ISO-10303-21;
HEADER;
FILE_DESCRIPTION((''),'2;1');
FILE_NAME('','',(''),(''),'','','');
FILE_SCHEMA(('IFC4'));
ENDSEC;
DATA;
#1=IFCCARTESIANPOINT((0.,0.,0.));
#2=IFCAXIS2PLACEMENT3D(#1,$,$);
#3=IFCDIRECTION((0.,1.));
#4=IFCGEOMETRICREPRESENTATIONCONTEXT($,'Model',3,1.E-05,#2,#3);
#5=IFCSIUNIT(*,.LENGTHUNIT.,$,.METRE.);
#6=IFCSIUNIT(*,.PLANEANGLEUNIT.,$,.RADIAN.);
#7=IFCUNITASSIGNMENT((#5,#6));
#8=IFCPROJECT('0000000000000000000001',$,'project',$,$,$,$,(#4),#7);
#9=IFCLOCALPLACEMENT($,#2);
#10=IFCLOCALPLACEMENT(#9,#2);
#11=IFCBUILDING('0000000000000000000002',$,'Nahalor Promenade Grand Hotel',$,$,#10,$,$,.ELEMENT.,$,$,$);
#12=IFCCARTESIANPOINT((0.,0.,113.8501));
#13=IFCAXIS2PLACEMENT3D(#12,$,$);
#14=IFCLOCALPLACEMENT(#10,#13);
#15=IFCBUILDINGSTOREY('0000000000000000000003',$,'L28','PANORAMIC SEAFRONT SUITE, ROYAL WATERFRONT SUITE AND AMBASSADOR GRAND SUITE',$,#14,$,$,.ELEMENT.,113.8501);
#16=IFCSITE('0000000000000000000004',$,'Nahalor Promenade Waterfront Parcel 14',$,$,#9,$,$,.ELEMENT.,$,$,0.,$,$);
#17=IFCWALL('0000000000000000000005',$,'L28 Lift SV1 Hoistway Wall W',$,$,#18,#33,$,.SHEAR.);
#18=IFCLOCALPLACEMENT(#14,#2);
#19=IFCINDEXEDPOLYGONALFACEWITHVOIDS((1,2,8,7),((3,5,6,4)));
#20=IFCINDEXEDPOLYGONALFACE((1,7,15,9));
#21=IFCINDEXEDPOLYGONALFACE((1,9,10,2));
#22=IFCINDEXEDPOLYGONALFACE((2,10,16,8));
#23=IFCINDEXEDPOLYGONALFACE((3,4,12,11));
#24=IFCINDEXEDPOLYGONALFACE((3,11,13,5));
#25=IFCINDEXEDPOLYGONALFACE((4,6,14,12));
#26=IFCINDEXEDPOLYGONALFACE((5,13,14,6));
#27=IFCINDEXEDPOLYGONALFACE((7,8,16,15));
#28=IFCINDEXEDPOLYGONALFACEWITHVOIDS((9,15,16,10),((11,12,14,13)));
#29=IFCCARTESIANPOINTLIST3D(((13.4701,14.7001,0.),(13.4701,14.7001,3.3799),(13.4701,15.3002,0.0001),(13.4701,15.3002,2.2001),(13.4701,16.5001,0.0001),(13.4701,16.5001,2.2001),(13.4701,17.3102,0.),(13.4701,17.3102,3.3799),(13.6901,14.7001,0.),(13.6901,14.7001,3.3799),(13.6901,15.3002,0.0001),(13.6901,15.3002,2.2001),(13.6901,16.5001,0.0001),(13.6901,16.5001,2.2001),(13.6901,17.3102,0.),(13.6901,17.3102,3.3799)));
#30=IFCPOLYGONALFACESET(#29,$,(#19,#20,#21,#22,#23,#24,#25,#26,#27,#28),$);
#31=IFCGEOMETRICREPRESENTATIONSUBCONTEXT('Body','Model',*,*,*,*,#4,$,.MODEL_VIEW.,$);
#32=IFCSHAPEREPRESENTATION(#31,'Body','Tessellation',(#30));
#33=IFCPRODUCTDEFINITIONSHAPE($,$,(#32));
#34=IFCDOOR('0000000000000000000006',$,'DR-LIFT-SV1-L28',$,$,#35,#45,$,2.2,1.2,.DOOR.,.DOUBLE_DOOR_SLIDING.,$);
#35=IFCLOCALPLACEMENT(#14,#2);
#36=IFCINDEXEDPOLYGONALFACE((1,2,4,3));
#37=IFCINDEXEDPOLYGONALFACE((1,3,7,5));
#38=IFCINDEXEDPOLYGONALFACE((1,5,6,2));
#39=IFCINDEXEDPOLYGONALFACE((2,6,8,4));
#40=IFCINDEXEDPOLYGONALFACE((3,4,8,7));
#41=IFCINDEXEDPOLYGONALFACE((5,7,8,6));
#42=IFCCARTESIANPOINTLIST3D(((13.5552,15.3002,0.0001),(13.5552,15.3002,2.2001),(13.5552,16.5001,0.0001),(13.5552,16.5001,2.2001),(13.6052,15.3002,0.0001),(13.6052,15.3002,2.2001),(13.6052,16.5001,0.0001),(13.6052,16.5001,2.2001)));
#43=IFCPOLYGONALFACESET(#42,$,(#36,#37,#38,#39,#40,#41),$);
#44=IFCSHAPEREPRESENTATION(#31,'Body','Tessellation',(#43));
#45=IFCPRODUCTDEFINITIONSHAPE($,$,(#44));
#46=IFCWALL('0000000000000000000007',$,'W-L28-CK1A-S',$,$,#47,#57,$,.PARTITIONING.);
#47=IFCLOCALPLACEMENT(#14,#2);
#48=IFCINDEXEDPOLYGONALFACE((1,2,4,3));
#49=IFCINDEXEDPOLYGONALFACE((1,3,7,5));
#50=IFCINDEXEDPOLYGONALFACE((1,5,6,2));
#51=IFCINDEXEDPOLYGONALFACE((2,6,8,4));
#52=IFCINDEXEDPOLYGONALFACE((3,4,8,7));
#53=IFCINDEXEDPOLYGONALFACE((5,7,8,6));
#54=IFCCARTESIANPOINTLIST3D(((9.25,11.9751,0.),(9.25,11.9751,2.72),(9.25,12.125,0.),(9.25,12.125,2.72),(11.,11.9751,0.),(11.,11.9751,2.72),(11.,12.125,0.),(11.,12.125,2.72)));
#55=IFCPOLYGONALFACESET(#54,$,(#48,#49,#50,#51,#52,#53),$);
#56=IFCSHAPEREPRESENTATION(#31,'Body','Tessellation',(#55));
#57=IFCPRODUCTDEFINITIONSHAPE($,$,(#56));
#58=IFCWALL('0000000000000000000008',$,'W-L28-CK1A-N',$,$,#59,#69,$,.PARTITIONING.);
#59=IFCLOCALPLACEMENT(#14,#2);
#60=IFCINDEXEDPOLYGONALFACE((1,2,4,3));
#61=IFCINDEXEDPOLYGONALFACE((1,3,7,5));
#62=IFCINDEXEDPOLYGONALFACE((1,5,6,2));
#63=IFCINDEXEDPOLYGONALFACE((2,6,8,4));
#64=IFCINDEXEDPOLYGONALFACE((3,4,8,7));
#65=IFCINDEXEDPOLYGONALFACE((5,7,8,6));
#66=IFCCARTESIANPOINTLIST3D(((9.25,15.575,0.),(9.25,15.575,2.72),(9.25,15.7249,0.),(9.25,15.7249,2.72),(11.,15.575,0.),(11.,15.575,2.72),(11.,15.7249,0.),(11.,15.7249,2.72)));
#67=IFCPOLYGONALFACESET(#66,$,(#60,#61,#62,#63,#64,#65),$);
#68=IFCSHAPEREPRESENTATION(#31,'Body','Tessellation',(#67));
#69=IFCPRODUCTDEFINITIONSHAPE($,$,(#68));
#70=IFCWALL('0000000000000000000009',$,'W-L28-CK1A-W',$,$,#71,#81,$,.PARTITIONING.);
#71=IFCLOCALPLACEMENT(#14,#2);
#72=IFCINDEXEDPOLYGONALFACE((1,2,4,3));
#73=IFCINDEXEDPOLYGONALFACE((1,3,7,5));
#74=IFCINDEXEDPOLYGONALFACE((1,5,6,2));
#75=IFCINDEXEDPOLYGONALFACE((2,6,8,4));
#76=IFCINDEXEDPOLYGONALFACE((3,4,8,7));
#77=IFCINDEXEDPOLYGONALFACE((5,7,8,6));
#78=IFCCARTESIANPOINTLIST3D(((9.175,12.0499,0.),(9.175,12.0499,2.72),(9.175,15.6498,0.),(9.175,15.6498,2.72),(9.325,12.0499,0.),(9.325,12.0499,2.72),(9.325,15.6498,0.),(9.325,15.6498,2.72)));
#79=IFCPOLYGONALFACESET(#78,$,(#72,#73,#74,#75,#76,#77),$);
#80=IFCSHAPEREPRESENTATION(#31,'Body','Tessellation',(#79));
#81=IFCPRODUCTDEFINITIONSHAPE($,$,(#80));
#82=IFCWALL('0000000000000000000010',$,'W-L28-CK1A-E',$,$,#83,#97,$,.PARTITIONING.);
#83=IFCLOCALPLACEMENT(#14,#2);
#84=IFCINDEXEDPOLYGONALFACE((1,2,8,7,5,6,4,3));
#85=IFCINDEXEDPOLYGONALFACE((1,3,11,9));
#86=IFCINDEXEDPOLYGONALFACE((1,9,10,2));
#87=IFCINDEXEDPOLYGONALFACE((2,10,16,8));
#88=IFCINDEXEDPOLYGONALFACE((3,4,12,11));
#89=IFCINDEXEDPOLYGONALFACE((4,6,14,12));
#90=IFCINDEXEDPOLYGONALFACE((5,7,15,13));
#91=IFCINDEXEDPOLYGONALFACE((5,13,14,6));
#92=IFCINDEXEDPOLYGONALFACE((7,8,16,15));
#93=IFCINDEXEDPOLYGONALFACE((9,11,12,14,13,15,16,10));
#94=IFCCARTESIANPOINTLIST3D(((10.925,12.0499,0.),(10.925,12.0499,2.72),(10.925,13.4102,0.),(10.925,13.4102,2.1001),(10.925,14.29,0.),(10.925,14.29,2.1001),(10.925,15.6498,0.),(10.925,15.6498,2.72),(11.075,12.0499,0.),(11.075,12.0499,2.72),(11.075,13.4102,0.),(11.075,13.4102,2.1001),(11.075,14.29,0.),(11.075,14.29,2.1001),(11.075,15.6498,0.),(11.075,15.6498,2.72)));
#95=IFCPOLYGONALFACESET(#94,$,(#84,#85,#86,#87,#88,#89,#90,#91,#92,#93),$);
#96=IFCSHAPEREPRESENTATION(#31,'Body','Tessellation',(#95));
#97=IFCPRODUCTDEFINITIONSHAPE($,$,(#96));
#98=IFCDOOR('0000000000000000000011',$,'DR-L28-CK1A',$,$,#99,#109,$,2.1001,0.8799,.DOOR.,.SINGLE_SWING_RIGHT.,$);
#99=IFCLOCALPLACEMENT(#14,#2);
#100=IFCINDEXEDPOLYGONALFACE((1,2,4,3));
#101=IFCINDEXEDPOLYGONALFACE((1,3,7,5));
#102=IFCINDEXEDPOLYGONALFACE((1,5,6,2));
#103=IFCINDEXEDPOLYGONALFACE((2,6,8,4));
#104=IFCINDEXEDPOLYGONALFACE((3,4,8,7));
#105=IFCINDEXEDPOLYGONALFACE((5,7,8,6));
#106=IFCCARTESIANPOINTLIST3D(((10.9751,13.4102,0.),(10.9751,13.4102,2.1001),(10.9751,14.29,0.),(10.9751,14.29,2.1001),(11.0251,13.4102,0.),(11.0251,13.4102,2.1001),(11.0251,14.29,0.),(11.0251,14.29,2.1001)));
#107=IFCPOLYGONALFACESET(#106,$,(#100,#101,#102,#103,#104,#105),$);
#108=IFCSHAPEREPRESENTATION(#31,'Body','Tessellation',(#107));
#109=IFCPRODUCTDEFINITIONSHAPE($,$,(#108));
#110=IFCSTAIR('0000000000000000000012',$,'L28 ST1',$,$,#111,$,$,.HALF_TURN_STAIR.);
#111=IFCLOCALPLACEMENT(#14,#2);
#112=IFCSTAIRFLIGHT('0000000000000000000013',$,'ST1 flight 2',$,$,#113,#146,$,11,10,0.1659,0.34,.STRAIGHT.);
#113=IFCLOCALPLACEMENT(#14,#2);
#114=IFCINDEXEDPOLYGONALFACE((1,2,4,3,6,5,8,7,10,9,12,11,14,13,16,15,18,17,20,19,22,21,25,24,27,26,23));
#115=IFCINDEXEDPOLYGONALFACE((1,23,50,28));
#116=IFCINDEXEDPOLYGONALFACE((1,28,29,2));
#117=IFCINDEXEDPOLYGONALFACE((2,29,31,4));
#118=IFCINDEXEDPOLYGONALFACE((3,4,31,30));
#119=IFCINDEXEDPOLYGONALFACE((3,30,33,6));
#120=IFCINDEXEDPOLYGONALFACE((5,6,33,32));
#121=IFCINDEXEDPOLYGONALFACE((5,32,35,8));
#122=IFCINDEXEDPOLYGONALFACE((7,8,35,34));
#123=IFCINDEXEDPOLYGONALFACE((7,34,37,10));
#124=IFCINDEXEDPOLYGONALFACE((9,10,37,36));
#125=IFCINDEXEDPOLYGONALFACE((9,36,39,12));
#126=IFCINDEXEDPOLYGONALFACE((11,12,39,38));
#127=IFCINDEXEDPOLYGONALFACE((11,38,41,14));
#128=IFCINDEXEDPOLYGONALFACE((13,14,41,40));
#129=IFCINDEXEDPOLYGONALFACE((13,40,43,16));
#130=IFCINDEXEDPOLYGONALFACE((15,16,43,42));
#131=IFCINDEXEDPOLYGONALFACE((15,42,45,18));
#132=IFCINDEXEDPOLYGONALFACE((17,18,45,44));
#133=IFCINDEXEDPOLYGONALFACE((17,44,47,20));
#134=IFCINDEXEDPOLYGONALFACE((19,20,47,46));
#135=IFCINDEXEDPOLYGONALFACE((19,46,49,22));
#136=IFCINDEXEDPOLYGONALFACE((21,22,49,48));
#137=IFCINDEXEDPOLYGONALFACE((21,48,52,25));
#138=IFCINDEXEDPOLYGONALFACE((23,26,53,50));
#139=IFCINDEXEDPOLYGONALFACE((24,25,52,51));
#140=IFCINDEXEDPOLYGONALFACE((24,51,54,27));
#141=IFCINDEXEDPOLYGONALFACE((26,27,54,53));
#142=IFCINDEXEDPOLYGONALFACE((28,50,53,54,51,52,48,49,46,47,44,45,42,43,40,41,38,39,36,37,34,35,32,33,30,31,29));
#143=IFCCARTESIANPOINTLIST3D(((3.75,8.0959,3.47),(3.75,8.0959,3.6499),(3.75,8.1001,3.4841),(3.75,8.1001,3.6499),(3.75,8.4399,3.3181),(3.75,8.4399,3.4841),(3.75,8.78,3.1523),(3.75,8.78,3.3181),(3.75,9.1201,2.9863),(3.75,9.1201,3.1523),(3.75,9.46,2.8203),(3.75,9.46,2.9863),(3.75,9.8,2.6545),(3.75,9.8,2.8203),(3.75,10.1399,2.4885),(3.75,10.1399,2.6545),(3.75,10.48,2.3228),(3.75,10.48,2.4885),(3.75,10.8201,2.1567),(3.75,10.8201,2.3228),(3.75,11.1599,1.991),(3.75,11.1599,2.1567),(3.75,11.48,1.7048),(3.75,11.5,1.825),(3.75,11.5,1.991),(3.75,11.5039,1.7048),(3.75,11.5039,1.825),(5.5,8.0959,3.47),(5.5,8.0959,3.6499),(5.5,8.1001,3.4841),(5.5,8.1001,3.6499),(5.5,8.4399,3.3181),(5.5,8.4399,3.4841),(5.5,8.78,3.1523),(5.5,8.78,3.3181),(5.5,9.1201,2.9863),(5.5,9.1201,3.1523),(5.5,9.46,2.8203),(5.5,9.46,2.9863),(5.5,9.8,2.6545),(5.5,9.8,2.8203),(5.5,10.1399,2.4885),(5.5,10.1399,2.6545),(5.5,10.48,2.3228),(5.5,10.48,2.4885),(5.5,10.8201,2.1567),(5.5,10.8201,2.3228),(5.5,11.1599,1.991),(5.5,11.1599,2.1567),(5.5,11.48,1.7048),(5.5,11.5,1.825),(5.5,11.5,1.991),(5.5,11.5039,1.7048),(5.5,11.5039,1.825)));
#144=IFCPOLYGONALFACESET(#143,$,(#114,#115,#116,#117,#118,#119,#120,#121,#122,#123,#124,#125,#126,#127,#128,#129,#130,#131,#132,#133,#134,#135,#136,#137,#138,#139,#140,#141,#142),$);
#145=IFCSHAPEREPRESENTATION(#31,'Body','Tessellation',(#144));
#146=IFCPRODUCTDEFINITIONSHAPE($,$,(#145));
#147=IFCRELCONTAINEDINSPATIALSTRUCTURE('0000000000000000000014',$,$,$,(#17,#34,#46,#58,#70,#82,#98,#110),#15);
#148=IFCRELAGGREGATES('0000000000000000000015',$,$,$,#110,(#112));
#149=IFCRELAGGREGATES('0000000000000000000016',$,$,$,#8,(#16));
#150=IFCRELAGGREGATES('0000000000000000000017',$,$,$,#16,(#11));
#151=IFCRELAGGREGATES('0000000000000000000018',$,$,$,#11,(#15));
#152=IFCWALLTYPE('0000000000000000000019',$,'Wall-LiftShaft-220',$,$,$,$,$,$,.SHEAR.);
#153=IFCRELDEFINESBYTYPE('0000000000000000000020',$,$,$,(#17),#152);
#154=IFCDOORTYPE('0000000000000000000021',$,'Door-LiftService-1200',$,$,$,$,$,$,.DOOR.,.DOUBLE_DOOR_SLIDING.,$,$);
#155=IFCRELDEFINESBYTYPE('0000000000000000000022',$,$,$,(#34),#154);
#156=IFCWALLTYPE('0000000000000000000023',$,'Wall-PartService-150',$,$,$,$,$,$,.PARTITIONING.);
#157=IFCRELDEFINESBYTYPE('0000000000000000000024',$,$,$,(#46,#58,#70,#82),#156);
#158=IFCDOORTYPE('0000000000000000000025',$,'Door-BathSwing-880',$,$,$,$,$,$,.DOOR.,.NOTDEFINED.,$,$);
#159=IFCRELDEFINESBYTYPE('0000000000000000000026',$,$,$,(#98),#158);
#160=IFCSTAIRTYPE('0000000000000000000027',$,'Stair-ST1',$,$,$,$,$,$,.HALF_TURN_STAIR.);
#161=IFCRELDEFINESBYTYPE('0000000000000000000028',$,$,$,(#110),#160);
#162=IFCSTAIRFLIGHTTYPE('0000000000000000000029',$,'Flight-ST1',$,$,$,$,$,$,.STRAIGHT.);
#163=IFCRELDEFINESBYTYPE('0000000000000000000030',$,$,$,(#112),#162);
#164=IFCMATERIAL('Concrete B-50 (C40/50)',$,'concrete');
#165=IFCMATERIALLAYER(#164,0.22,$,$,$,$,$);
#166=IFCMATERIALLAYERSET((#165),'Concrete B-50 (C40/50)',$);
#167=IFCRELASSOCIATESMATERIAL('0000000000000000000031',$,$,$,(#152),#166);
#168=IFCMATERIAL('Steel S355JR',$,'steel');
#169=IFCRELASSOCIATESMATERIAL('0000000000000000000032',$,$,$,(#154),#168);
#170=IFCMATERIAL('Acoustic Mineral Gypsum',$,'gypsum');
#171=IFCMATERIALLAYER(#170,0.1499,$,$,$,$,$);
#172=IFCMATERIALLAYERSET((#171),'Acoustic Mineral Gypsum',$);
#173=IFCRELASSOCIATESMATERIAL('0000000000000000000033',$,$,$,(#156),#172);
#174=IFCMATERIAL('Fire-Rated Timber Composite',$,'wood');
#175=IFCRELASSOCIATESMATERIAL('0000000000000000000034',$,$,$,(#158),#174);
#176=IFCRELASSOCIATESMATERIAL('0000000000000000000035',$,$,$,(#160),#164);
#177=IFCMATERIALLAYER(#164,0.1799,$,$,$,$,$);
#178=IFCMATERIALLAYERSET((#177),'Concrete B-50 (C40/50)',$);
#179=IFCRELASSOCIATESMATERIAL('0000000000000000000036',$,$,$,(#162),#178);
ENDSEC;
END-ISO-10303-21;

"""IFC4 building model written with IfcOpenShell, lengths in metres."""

from ifc_helpers import new_model, si_unit, direction, frame, frame_2d, origin, place, context, subcontext, project, spatial, polyline, rectangle, outline, extrude, source, transform, mapped, material, layer, layer_set, type_object, element, fill, aggregate, save


model = new_model("IFC4")

# Units and contexts
model_context = context("Model", 3, precision=1e-05, world=origin(), true_north=direction((0.0, 1.0)))
body_context = subcontext(model_context, "Body", "Model", "MODEL_VIEW")
ifc_project = project(units=[si_unit("LENGTHUNIT", "METRE"), si_unit("PLANEANGLEUNIT", "RADIAN")], contexts=[model_context])

# Site, building, storey
site_placement = place(None, origin())
site = spatial("IfcSite", under=ifc_project, at=site_placement, Name="Nahalor Promenade Waterfront Parcel 14", CompositionType="ELEMENT", RefElevation=0.0)
building_placement = place(site_placement, origin())
building = spatial("IfcBuilding", under=site, at=building_placement, Name="Nahalor Promenade Grand Hotel", CompositionType="ELEMENT")
storey_placement = place(building_placement, frame((0.0, 0.0, 113.8501)))
storey = spatial("IfcBuildingStorey", under=building, at=storey_placement, Name="L28", Description="PANORAMIC SEAFRONT SUITE, ROYAL WATERFRONT SUITE AND AMBASSADOR GRAND SUITE", CompositionType="ELEMENT", Elevation=113.8501)

# Shared definitions
ifc_material_1 = material(Name="Steel S355JR", Category="steel")

# Shared definitions
ifc_material_2 = material(Name="Concrete B-50 (C40/50)", Category="concrete")
ifc_layer_1 = layer(ifc_material_2, 0.22)
ifc_layer_set_1 = layer_set([ifc_layer_1], Name="Concrete B-50 (C40/50)")
wall_type_1 = type_object("IfcWallType", Name="Wall-LiftShaft-220", PredefinedType="SHEAR", material=ifc_layer_set_1)

# Wall, opening, door
shared_shape_1 = source(origin(), body_context, "Body", "SweptSolid", [
    extrude(rectangle(XDim=2.6101, YDim=0.22, at=frame_2d((1.3052, 0.0))), origin(), (0.0, 0.0, 1.0), 3.3799),
])
wall_1_placement = place(storey_placement, frame((13.5801, 14.7, 0.0), z_axis=(0.0, 0.0, 1.0), x_axis=(0.0, 1.0, 0.0)))
wall_1 = element("IfcWall", 1, at=wall_1_placement, inside=storey, type_object=wall_type_1, Name="L28 Lift SV1 Hoistway Wall W", PredefinedType="SHEAR", context=body_context, shape_type="MappedRepresentation", body=[
    mapped(shared_shape_1, transform((0.0, 0.0, 0.0), scale=1.0)),
])
opening_1_placement = place(wall_1_placement, frame((0.6001, 0.0, 0.0)))
opening_1 = element("IfcOpeningElement", 2, at=opening_1_placement, cuts=wall_1, PredefinedType="OPENING", context=body_context, shape_type="SweptSolid", body=[
    extrude(rectangle(XDim=1.2, YDim=2.2, at=frame_2d((0.6001, 1.1001))), frame((0.0, 0.1199, 0.0), z_axis=(0.0, -1.0, 0.0), x_axis=(1.0, 0.0, 0.0)), (0.0, 0.0, 1.0), 0.24),
])
door_type_1 = type_object("IfcDoorType", Name="Door-LiftService-1200", OperationType="DOUBLE_DOOR_SLIDING", PredefinedType="DOOR", material=ifc_material_1)
shared_shape_2 = source(origin(), body_context, "Body", "SweptSolid", [
    extrude(rectangle(XDim=1.2, YDim=2.2, at=frame_2d((0.6001, 1.1001))), frame((0.0, 0.0249, 0.0), z_axis=(0.0, -1.0, 0.0), x_axis=(1.0, 0.0, 0.0)), (0.0, 0.0, 1.0), 0.05),
])
door_1_placement = place(opening_1_placement, origin())
door_1 = element("IfcDoor", 3, at=door_1_placement, inside=storey, type_object=door_type_1, Name="DR-LIFT-SV1-L28", OperationType="DOUBLE_DOOR_SLIDING", OverallHeight=2.2, OverallWidth=1.2, PredefinedType="DOOR", context=body_context, shape_type="MappedRepresentation", body=[
    mapped(shared_shape_2, transform((0.0, 0.0, 0.0), scale=1.0)),
])
fill(opening_1, door_1)

# Walls
ifc_material_3 = material(Name="Acoustic Mineral Gypsum", Category="gypsum")
ifc_layer_2 = layer(ifc_material_3, 0.1499)
ifc_layer_set_2 = layer_set([ifc_layer_2], Name="Acoustic Mineral Gypsum")
wall_type_2 = type_object("IfcWallType", Name="Wall-PartService-150", PredefinedType="PARTITIONING", material=ifc_layer_set_2)
shared_shape_3 = source(origin(), body_context, "Body", "SweptSolid", [
    extrude(rectangle(XDim=1.75, YDim=0.1499, at=frame_2d((0.875, 0.0))), origin(), (0.0, 0.0, 1.0), 2.72),
])
for number, where, z_axis, x_axis, name in (
    (4, (9.25, 12.05, 0.0), (0.0, 0.0, 1.0), (1.0, 0.0, 0.0), "W-L28-CK1A-S"),
    (5, (9.25, 15.6499, 0.0), (0.0, 0.0, 1.0), (1.0, 0.0, 0.0), "W-L28-CK1A-N"),
):
    element("IfcWall", number, at=place(storey_placement, frame(where, z_axis=z_axis, x_axis=x_axis)), inside=storey, type_object=wall_type_2, Name=name, PredefinedType="PARTITIONING", context=body_context, shape_type="MappedRepresentation", body=[
        mapped(shared_shape_3, transform((0.0, 0.0, 0.0), scale=1.0)),
    ])
shared_shape_4 = source(origin(), body_context, "Body", "SweptSolid", [
    extrude(rectangle(XDim=3.5999, YDim=0.1499, at=frame_2d((1.7998, 0.0))), origin(), (0.0, 0.0, 1.0), 2.72),
])
wall_2_placement = place(storey_placement, frame((9.25, 12.05, 0.0), z_axis=(0.0, 0.0, 1.0), x_axis=(0.0, 1.0, 0.0)))
element("IfcWall", 6, at=wall_2_placement, inside=storey, type_object=wall_type_2, Name="W-L28-CK1A-W", PredefinedType="PARTITIONING", context=body_context, shape_type="MappedRepresentation", body=[
    mapped(shared_shape_4, transform((0.0, 0.0, 0.0), scale=1.0)),
])

# Wall, opening, door
wall_3_placement = place(storey_placement, frame((11.0, 12.05, 0.0), z_axis=(0.0, 0.0, 1.0), x_axis=(0.0, 1.0, 0.0)))
wall_3 = element("IfcWall", 7, at=wall_3_placement, inside=storey, type_object=wall_type_2, Name="W-L28-CK1A-E", PredefinedType="PARTITIONING", context=body_context, shape_type="MappedRepresentation", body=[
    mapped(shared_shape_4, transform((0.0, 0.0, 0.0), scale=1.0)),
])
opening_2_placement = place(wall_3_placement, frame((1.3601, 0.0, 0.0)))
opening_2 = element("IfcOpeningElement", 8, at=opening_2_placement, cuts=wall_3, PredefinedType="OPENING", context=body_context, shape_type="SweptSolid", body=[
    extrude(rectangle(XDim=0.8799, YDim=2.1001, at=frame_2d((0.4399, 1.05))), frame((0.0, 0.085, 0.0), z_axis=(0.0, -1.0, 0.0), x_axis=(1.0, 0.0, 0.0)), (0.0, 0.0, 1.0), 0.1699),
])
ifc_material_4 = material(Name="Fire-Rated Timber Composite", Category="wood")
door_type_2 = type_object("IfcDoorType", Name="Door-BathSwing-880", OperationType="NOTDEFINED", PredefinedType="DOOR", material=ifc_material_4)
shared_shape_5 = source(origin(), body_context, "Body", "SweptSolid", [
    extrude(rectangle(XDim=0.8799, YDim=2.1001, at=frame_2d((0.4399, 1.05))), frame((0.0, 0.0249, 0.0), z_axis=(0.0, -1.0, 0.0), x_axis=(1.0, 0.0, 0.0)), (0.0, 0.0, 1.0), 0.05),
])
door_2_placement = place(opening_2_placement, origin())
door_2 = element("IfcDoor", 9, at=door_2_placement, inside=storey, type_object=door_type_2, Name="DR-L28-CK1A", OperationType="SINGLE_SWING_RIGHT", OverallHeight=2.1001, OverallWidth=0.8799, PredefinedType="DOOR", context=body_context, shape_type="MappedRepresentation", body=[
    mapped(shared_shape_5, transform((0.0, 0.0, 0.0), scale=1.0)),
])
fill(opening_2, door_2)

# Stair, stair flight
stair_type = type_object("IfcStairType", Name="Stair-ST1", PredefinedType="HALF_TURN_STAIR", material=ifc_material_2)
stair_placement = place(storey_placement, origin())
stair = element("IfcStair", 10, at=stair_placement, inside=storey, type_object=stair_type, Name="L28 ST1", PredefinedType="HALF_TURN_STAIR")
ifc_layer_3 = layer(ifc_material_2, 0.1799)
ifc_layer_set_3 = layer_set([ifc_layer_3], Name="Concrete B-50 (C40/50)")
stair_flight_type = type_object("IfcStairFlightType", Name="Flight-ST1", PredefinedType="STRAIGHT", material=ifc_layer_set_3)
shared_shape_6 = source(origin(), body_context, "Body", "SweptSolid", [
    extrude(outline(polyline([(-0.0039, -0.1201), (-0.0039, 0.0), (0.0, 0.0), (0.0, 0.166), (0.3401, 0.166), (0.3401, 0.3318), (0.6799, 0.3318), (0.6799, 0.4978), (1.02, 0.4978), (1.02, 0.6636), (1.3601, 0.6636), (1.3601, 0.8296), (1.7, 0.8296), (1.7, 0.9954), (2.04, 0.9954), (2.04, 1.1614), (2.3799, 1.1614), (2.3799, 1.3274), (2.72, 1.3274), (2.72, 1.4932), (3.0601, 1.4932), (3.0601, 1.6592), (3.3999, 1.6592), (3.3999, 1.825), (3.4041, 1.825), (3.4041, 1.645), (0.02, -0.1201), (-0.0039, -0.1201)])), frame((0.0, 0.875, 0.0), z_axis=(0.0, -1.0, 0.0), x_axis=(1.0, 0.0, 0.0)), (0.0, 0.0, 1.0), 1.75),
])
stair_flight_placement = place(storey_placement, frame((4.625, 11.5, 1.825), z_axis=(0.0, 0.0, 1.0), x_axis=(0.0, -1.0, 0.0)))
stair_flight = element("IfcStairFlight", 11, at=stair_flight_placement, type_object=stair_flight_type, Name="ST1 flight 2", NumberOfRisers=11, NumberOfTreads=10, PredefinedType="STRAIGHT", RiserHeight=0.1659, TreadLength=0.34, context=body_context, shape_type="MappedRepresentation", body=[
    mapped(shared_shape_6, transform((0.0, 0.0, 0.0), scale=1.0)),
])
aggregate(stair, [stair_flight])

save(model, "model.ifc")
